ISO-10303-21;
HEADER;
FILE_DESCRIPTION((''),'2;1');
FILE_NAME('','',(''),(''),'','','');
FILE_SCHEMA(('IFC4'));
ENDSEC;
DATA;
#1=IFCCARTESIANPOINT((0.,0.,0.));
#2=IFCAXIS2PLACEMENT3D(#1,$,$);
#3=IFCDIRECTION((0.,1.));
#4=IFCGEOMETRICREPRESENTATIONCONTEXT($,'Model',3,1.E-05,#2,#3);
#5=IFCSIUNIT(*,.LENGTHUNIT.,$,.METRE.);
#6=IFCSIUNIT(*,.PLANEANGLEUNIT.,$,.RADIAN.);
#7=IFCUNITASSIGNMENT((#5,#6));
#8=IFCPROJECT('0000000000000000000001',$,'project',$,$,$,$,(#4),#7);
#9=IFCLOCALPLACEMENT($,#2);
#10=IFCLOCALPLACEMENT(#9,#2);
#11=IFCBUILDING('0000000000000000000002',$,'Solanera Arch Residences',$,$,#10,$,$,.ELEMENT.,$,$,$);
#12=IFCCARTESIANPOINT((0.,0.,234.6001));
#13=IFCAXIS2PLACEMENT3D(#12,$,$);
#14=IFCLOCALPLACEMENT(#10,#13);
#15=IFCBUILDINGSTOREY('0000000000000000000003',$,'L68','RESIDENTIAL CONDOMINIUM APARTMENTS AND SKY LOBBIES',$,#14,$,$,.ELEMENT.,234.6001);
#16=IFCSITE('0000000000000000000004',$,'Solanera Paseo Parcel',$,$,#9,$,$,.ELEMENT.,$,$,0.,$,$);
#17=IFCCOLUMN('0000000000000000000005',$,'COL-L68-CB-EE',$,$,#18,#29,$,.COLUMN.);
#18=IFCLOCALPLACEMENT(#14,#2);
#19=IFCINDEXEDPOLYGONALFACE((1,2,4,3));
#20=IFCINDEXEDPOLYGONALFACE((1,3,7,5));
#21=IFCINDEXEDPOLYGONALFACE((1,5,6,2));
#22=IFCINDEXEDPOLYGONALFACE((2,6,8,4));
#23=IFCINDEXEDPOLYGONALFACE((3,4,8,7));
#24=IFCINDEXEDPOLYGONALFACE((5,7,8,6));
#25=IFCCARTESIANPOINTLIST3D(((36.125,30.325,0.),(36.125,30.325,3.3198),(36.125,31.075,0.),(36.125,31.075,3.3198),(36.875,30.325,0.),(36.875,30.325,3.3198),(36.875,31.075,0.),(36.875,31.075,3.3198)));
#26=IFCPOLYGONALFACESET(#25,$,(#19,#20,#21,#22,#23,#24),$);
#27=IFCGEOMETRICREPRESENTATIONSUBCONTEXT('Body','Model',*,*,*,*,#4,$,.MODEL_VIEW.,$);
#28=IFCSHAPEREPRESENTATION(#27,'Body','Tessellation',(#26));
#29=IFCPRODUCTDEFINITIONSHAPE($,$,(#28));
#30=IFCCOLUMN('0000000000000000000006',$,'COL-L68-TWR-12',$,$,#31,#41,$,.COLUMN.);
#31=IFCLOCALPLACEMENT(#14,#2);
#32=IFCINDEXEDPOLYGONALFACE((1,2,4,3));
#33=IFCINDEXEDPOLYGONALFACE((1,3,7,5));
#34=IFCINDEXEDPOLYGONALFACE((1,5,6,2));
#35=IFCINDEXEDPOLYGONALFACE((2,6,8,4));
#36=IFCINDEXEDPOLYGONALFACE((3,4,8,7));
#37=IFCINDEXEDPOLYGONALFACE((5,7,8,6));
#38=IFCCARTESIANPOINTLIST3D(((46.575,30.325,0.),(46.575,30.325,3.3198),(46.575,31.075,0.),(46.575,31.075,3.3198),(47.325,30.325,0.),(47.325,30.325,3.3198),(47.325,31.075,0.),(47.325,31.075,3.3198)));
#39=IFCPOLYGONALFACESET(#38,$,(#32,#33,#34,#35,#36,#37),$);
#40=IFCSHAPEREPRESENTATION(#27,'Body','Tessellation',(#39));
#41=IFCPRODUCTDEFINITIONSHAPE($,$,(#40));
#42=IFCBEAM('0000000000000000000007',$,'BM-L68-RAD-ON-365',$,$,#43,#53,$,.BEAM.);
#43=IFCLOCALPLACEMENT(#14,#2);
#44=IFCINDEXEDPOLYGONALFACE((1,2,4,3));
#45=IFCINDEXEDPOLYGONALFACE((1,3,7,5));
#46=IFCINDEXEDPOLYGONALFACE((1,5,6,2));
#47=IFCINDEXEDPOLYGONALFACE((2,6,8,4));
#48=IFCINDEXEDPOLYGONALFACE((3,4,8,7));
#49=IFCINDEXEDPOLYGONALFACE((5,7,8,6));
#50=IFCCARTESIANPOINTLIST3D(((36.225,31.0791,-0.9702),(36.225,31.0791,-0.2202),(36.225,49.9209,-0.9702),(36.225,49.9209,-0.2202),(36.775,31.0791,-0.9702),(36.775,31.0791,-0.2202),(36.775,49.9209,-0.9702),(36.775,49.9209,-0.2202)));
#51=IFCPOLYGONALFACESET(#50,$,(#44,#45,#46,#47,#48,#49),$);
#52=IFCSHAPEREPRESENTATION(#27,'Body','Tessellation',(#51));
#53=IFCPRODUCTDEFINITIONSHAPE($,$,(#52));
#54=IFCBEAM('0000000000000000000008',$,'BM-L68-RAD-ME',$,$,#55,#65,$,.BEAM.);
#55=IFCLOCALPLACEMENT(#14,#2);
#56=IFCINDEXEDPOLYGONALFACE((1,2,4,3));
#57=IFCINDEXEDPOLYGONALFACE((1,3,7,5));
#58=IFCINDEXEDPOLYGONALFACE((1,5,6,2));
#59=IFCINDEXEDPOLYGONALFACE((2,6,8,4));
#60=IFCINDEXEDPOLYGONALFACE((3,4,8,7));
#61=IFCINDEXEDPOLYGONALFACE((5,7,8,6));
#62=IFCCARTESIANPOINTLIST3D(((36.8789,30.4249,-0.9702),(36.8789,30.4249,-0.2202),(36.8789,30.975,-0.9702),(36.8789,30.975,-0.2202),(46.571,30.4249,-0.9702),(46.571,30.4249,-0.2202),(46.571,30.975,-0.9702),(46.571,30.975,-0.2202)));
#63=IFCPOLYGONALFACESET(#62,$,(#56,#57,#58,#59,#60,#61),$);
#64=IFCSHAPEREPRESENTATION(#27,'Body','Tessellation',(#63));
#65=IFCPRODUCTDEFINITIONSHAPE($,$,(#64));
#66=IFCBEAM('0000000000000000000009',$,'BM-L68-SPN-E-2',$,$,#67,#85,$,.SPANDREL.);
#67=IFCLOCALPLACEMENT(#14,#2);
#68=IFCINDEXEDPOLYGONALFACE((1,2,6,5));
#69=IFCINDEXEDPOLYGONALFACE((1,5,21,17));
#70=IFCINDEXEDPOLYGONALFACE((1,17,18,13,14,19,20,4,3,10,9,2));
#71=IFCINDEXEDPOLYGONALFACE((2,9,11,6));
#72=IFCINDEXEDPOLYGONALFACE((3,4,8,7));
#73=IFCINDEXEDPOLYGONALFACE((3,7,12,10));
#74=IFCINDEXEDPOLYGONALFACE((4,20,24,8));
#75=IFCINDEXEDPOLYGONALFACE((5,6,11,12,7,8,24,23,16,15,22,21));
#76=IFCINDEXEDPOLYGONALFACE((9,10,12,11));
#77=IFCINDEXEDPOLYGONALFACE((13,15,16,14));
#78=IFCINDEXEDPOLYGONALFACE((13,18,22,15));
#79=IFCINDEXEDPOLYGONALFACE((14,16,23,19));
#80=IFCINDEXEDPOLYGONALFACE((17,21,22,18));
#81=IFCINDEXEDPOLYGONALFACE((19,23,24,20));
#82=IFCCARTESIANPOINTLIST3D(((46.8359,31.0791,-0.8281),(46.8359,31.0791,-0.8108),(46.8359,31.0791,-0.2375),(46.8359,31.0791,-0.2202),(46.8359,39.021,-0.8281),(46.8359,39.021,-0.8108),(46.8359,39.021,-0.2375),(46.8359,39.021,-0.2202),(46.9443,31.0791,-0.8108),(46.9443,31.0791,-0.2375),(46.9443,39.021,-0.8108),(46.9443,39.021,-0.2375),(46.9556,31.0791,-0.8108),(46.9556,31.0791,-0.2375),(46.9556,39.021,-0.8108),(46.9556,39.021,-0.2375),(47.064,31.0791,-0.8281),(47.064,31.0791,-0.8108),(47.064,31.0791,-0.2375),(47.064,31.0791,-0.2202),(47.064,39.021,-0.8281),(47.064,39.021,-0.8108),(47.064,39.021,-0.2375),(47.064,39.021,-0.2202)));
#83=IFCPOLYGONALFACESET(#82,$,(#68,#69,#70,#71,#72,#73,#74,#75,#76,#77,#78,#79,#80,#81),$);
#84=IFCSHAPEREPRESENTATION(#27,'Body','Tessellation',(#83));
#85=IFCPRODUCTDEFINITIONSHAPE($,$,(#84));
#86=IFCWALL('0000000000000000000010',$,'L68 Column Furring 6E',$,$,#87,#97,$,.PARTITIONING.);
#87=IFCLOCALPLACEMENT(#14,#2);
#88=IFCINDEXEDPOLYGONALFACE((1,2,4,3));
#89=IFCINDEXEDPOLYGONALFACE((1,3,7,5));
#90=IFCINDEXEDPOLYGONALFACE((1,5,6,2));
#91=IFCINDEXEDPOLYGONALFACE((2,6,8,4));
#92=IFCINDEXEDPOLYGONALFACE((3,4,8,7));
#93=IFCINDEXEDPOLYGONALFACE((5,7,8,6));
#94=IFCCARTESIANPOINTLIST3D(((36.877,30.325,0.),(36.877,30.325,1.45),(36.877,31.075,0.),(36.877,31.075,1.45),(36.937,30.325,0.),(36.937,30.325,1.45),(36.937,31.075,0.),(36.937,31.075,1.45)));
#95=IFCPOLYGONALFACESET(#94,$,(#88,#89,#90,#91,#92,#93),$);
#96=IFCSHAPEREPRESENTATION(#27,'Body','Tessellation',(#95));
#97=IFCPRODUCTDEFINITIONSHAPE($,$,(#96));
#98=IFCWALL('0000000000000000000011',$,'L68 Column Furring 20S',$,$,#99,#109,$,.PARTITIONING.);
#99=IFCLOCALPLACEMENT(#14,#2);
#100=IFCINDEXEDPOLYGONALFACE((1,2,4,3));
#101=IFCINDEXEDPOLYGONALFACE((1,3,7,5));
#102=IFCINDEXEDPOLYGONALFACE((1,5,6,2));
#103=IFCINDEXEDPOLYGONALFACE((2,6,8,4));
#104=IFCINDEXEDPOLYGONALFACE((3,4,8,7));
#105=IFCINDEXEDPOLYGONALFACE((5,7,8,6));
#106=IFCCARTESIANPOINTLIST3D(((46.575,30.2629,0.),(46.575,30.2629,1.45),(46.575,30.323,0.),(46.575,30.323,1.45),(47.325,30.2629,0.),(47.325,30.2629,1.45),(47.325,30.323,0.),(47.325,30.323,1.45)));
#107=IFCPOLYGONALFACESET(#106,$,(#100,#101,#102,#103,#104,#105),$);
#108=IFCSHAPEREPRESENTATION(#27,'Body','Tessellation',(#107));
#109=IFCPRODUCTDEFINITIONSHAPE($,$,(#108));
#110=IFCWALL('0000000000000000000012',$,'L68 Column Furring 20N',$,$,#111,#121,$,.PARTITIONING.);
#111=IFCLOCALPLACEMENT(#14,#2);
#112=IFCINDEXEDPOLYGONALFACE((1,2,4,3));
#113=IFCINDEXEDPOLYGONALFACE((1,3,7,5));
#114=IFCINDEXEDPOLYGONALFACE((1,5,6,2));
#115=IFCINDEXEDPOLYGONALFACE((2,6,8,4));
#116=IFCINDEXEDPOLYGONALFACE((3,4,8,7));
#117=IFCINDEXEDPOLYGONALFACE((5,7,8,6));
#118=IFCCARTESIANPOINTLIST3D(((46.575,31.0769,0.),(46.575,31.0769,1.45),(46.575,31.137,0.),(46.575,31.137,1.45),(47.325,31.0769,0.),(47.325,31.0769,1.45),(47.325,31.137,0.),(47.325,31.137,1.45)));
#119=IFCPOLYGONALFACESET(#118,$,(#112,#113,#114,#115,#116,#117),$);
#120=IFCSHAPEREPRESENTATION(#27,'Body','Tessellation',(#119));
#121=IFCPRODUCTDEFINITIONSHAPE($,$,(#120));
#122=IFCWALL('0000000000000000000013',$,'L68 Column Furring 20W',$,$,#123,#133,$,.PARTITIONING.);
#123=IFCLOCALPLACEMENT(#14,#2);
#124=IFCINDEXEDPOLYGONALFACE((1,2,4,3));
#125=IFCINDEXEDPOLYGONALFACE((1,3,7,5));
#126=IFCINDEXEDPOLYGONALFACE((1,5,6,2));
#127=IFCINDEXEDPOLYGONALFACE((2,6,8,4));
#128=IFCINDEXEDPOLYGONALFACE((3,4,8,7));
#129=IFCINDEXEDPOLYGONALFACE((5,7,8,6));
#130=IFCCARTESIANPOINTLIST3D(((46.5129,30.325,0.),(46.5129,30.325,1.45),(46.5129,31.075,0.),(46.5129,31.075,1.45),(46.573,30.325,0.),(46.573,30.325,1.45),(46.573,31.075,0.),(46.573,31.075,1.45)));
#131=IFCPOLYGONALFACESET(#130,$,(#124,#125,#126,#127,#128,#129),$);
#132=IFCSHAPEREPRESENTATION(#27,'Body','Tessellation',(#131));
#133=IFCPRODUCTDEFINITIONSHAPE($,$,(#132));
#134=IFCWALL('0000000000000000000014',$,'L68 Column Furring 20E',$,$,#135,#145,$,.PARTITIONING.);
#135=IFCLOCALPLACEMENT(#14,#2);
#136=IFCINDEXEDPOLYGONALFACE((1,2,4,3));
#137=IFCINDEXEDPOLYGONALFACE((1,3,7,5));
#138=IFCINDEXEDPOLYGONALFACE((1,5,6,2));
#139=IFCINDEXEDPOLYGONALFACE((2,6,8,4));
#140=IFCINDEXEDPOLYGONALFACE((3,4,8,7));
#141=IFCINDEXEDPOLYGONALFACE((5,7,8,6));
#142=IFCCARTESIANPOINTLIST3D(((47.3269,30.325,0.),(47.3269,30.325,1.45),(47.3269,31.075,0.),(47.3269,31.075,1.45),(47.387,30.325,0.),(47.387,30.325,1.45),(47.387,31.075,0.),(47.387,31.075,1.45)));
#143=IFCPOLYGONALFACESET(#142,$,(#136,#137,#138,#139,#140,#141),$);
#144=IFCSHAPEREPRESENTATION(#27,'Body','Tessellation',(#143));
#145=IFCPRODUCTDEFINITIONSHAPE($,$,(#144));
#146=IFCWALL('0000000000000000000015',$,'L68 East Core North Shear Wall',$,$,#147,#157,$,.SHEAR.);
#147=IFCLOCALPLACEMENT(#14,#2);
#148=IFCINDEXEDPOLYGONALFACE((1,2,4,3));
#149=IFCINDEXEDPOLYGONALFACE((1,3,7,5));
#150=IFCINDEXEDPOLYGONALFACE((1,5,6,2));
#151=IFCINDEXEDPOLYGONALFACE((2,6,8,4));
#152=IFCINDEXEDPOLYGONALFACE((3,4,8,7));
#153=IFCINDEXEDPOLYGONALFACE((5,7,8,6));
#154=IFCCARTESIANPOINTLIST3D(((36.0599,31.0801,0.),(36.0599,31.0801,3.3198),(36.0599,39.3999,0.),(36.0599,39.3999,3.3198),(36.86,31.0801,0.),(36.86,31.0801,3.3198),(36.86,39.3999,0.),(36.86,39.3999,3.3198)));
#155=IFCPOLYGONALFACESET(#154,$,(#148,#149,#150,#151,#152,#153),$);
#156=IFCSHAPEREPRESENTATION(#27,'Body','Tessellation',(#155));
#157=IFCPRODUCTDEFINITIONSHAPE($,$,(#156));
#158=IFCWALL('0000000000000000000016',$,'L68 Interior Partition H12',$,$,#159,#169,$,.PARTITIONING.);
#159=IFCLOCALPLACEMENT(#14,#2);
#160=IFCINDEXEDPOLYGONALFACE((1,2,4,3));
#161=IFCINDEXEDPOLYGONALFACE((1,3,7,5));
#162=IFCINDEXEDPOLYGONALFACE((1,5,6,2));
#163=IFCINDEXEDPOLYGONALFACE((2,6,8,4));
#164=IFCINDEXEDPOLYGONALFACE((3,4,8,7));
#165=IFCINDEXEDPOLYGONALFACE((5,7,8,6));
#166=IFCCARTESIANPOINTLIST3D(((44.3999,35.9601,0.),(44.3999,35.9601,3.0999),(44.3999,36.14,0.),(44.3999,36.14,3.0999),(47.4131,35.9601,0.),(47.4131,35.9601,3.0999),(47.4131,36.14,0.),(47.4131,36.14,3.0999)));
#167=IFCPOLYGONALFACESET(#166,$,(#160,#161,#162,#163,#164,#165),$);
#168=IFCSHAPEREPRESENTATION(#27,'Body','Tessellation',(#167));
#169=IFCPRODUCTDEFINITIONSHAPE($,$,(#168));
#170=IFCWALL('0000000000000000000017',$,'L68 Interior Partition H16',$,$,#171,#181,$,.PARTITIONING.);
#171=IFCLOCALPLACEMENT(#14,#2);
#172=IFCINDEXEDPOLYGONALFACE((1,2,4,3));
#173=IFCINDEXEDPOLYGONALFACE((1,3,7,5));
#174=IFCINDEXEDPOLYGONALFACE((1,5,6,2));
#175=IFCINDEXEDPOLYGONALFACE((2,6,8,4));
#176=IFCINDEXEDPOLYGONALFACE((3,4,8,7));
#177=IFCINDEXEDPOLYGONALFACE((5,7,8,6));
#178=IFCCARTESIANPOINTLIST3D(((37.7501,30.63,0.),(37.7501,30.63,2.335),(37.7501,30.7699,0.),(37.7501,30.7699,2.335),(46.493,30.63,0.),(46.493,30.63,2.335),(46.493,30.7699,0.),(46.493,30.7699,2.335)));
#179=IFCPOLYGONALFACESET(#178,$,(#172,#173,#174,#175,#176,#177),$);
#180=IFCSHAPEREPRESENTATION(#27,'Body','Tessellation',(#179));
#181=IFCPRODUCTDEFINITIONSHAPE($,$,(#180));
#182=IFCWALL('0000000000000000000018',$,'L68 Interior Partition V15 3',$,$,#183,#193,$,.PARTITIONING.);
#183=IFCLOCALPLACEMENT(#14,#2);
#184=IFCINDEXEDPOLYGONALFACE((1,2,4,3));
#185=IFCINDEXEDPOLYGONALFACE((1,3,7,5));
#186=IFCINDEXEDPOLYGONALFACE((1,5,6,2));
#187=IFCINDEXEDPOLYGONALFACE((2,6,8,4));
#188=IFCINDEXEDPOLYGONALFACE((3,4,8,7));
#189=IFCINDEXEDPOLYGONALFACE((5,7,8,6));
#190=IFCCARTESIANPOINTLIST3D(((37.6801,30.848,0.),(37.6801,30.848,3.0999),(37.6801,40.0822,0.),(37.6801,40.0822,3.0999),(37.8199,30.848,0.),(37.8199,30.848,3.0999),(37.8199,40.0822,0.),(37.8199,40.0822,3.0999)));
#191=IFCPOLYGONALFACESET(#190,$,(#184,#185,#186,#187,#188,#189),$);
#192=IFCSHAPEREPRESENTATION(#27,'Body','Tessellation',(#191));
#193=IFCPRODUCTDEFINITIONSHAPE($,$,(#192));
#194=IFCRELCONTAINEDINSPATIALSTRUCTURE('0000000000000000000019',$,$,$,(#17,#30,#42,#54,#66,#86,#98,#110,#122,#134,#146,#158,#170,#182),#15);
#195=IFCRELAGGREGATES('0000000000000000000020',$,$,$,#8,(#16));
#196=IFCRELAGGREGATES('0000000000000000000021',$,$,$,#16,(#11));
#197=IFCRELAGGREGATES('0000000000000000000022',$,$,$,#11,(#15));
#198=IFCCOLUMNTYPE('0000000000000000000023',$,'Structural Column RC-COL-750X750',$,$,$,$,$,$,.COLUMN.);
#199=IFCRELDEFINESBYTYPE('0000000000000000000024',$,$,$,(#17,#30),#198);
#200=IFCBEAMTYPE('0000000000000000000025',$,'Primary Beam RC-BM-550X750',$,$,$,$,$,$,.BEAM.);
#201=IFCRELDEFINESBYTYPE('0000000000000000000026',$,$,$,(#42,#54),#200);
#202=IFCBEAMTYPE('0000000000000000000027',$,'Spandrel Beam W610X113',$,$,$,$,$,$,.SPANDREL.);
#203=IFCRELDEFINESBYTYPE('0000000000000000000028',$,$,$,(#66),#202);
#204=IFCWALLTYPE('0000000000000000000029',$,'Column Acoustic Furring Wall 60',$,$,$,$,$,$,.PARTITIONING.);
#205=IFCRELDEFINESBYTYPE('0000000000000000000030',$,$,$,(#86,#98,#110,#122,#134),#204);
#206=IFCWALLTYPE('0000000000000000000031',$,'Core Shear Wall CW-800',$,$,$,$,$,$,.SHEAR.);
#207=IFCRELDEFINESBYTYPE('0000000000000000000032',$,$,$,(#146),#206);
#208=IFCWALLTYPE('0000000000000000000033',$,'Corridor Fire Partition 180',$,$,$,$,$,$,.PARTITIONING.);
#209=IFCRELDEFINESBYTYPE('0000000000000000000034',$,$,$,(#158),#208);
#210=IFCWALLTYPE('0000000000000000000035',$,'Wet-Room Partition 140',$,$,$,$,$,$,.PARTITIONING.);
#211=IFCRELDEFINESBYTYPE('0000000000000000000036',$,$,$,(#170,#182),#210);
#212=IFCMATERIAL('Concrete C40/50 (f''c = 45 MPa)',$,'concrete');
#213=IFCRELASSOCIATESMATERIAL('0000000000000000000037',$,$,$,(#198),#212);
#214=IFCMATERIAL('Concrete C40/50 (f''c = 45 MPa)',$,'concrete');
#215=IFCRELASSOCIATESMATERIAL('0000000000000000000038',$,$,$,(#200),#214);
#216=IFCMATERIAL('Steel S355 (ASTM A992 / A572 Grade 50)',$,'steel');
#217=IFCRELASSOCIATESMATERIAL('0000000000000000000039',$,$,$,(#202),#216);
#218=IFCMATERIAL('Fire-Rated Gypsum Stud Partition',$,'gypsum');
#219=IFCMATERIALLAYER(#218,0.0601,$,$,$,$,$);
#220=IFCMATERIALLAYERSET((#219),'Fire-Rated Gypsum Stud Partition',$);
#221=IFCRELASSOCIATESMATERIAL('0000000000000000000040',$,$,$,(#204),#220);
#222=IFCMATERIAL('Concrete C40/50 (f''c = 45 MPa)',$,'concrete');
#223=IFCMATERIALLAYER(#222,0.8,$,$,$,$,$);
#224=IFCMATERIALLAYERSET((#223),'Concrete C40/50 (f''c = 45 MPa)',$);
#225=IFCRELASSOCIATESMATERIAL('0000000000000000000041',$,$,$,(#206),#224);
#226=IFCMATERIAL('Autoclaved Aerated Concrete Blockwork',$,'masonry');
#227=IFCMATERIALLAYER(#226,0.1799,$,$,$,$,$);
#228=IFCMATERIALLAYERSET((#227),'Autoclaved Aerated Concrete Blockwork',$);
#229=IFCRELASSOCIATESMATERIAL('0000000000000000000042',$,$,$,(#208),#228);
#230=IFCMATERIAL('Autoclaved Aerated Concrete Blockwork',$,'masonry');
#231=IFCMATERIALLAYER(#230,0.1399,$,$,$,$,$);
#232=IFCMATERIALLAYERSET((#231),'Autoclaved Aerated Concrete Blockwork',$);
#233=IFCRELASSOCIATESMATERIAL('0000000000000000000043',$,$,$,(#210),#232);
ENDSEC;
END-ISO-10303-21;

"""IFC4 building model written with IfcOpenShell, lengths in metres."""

from ifc_helpers import new_model, si_unit, direction, frame, frame_2d, origin, origin_2d, place, context, subcontext, project, spatial, rectangle, i_section, extrude, material, layer, layer_set, material_profile, profile_set, type_object, element, save


model = new_model("IFC4")

# Units and contexts
model_context = context("Model", 3, precision=1e-05, world=origin(), true_north=direction((0.0, 1.0)))
body_context = subcontext(model_context, "Body", "Model", "MODEL_VIEW")
ifc_project = project(units=[si_unit("LENGTHUNIT", "METRE"), si_unit("PLANEANGLEUNIT", "RADIAN")], contexts=[model_context])

# Site, building, storey
site_placement = place(None, origin())
site = spatial("IfcSite", under=ifc_project, at=site_placement, Name="Solanera Paseo Parcel", CompositionType="ELEMENT", RefElevation=0.0)
building_placement = place(site_placement, origin())
building = spatial("IfcBuilding", under=site, at=building_placement, Name="Solanera Arch Residences", CompositionType="ELEMENT")
storey_placement = place(building_placement, frame((0.0, 0.0, 234.6001)))
storey = spatial("IfcBuildingStorey", under=building, at=storey_placement, Name="L68", Description="RESIDENTIAL CONDOMINIUM APARTMENTS AND SKY LOBBIES", CompositionType="ELEMENT", Elevation=234.6001)

# Columns
ifc_material_1 = material(Name="Concrete C40/50 (f'c = 45 MPa)", Category="concrete")
ifc_material_profile_1 = material_profile(ifc_material_1, rectangle(XDim=0.75, YDim=0.75, at=origin_2d()))
ifc_profile_set_1 = profile_set([ifc_material_profile_1], Name="Concrete C40/50 (f'c = 45 MPa)")
column_type = type_object("IfcColumnType", Name="Structural Column RC-COL-750X750", PredefinedType="COLUMN", material=ifc_profile_set_1)
for number, where, z_axis, x_axis, name in (
    (1, (36.5, 30.7, 0.0), (0.0, 0.0, 1.0), (1.0, 0.0, 0.0), "COL-L68-CB-EE"),
    (2, (46.95, 30.7, 0.0), (0.0, 0.0, 1.0), (1.0, 0.0, 0.0), "COL-L68-TWR-12"),
):
    element("IfcColumn", number, at=place(storey_placement, frame(where, z_axis=z_axis, x_axis=x_axis)), inside=storey, type_object=column_type, Name=name, PredefinedType="COLUMN", context=body_context, shape_type="SweptSolid", body=[
        extrude(rectangle(XDim=0.75, YDim=0.75, at=origin_2d()), origin(), (0.0, 0.0, 1.0), 3.3198),
    ])

# Beams
ifc_material_2 = material(Name="Concrete C40/50 (f'c = 45 MPa)", Category="concrete")
ifc_material_profile_2 = material_profile(ifc_material_2, rectangle(XDim=0.55, YDim=0.75, at=origin_2d()))
ifc_profile_set_2 = profile_set([ifc_material_profile_2], Name="Concrete C40/50 (f'c = 45 MPa)")
beam_type_1 = type_object("IfcBeamType", Name="Primary Beam RC-BM-550X750", PredefinedType="BEAM", material=ifc_profile_set_2)
beam_1_placement = place(storey_placement, frame((36.5, 31.0791, -0.5952), z_axis=(0.0, 1.0, 0.0), x_axis=(-1.0, 0.0, 0.0)))
element("IfcBeam", 3, at=beam_1_placement, inside=storey, type_object=beam_type_1, Name="BM-L68-RAD-ON-365", PredefinedType="BEAM", context=body_context, shape_type="SweptSolid", body=[
    extrude(rectangle(XDim=0.55, YDim=0.75, at=origin_2d()), origin(), (0.0, 0.0, 1.0), 18.8418),
])
beam_2_placement = place(storey_placement, frame((36.8789, 30.7, -0.5952), z_axis=(1.0, 0.0, 0.0), x_axis=(0.0, 1.0, 0.0)))
element("IfcBeam", 4, at=beam_2_placement, inside=storey, type_object=beam_type_1, Name="BM-L68-RAD-ME", PredefinedType="BEAM", context=body_context, shape_type="SweptSolid", body=[
    extrude(rectangle(XDim=0.55, YDim=0.75, at=origin_2d()), origin(), (0.0, 0.0, 1.0), 9.6921),
])
ifc_material_3 = material(Name="Steel S355 (ASTM A992 / A572 Grade 50)", Category="steel")
ifc_material_profile_3 = material_profile(ifc_material_3, i_section(OverallWidth=0.228, OverallDepth=0.6079, WebThickness=0.0112, FlangeThickness=0.0173, at=origin_2d()))
ifc_profile_set_3 = profile_set([ifc_material_profile_3], Name="Steel S355 (ASTM A992 / A572 Grade 50)")
beam_type_2 = type_object("IfcBeamType", Name="Spandrel Beam W610X113", PredefinedType="SPANDREL", material=ifc_profile_set_3)
beam_3_placement = place(storey_placement, frame((46.95, 31.0791, -0.5242), z_axis=(0.0, 1.0, 0.0), x_axis=(-1.0, 0.0, 0.0)))
element("IfcBeam", 5, at=beam_3_placement, inside=storey, type_object=beam_type_2, Name="BM-L68-SPN-E-2", PredefinedType="SPANDREL", context=body_context, shape_type="SweptSolid", body=[
    extrude(i_section(OverallWidth=0.228, OverallDepth=0.6079, WebThickness=0.0112, FlangeThickness=0.0173, at=origin_2d()), origin(), (0.0, 0.0, 1.0), 7.9419),
])

# Walls
ifc_material_4 = material(Name="Fire-Rated Gypsum Stud Partition", Category="gypsum")
ifc_layer_1 = layer(ifc_material_4, 0.0601)
ifc_layer_set_1 = layer_set([ifc_layer_1], Name="Fire-Rated Gypsum Stud Partition")
wall_type_1 = type_object("IfcWallType", Name="Column Acoustic Furring Wall 60", PredefinedType="PARTITIONING", material=ifc_layer_set_1)
for number, where, z_axis, x_axis, name in (
    (6, (36.907, 30.325, 0.0), (0.0, 0.0, 1.0), (0.0, 1.0, 0.0), "L68 Column Furring 6E"),
    (7, (46.575, 30.293, 0.0), (0.0, 0.0, 1.0), (1.0, 0.0, 0.0), "L68 Column Furring 20S"),
    (8, (46.575, 31.1069, 0.0), (0.0, 0.0, 1.0), (1.0, 0.0, 0.0), "L68 Column Furring 20N"),
    (9, (46.543, 30.325, 0.0), (0.0, 0.0, 1.0), (0.0, 1.0, 0.0), "L68 Column Furring 20W"),
    (10, (47.3569, 30.325, 0.0), (0.0, 0.0, 1.0), (0.0, 1.0, 0.0), "L68 Column Furring 20E"),
):
    element("IfcWall", number, at=place(storey_placement, frame(where, z_axis=z_axis, x_axis=x_axis)), inside=storey, type_object=wall_type_1, Name=name, PredefinedType="PARTITIONING", context=body_context, shape_type="SweptSolid", body=[
        extrude(rectangle(XDim=0.75, YDim=0.0601, at=frame_2d((0.375, 0.0))), origin(), (0.0, 0.0, 1.0), 1.45),
    ])
ifc_material_5 = material(Name="Concrete C40/50 (f'c = 45 MPa)", Category="concrete")
ifc_layer_2 = layer(ifc_material_5, 0.8)
ifc_layer_set_2 = layer_set([ifc_layer_2], Name="Concrete C40/50 (f'c = 45 MPa)")
wall_type_2 = type_object("IfcWallType", Name="Core Shear Wall CW-800", PredefinedType="SHEAR", material=ifc_layer_set_2)
wall_1_placement = place(storey_placement, frame((36.46, 31.0801, 0.0), z_axis=(0.0, 0.0, 1.0), x_axis=(0.0, 1.0, 0.0)))
element("IfcWall", 11, at=wall_1_placement, inside=storey, type_object=wall_type_2, Name="L68 East Core North Shear Wall", PredefinedType="SHEAR", context=body_context, shape_type="SweptSolid", body=[
    extrude(rectangle(XDim=8.3198, YDim=0.8, at=frame_2d((4.1599, 0.0))), origin(), (0.0, 0.0, 1.0), 3.3198),
])
ifc_material_6 = material(Name="Autoclaved Aerated Concrete Blockwork", Category="masonry")
ifc_layer_3 = layer(ifc_material_6, 0.1799)
ifc_layer_set_3 = layer_set([ifc_layer_3], Name="Autoclaved Aerated Concrete Blockwork")
wall_type_3 = type_object("IfcWallType", Name="Corridor Fire Partition 180", PredefinedType="PARTITIONING", material=ifc_layer_set_3)
wall_2_placement = place(storey_placement, frame((44.3999, 36.05, 0.0), z_axis=(0.0, 0.0, 1.0), x_axis=(1.0, 0.0, 0.0)))
element("IfcWall", 12, at=wall_2_placement, inside=storey, type_object=wall_type_3, Name="L68 Interior Partition H12", PredefinedType="PARTITIONING", context=body_context, shape_type="SweptSolid", body=[
    extrude(rectangle(XDim=3.0132, YDim=0.1799, at=frame_2d((1.5066, 0.0))), origin(), (0.0, 0.0, 1.0), 3.0999),
])
ifc_material_7 = material(Name="Autoclaved Aerated Concrete Blockwork", Category="masonry")
ifc_layer_4 = layer(ifc_material_7, 0.1399)
ifc_layer_set_4 = layer_set([ifc_layer_4], Name="Autoclaved Aerated Concrete Blockwork")
wall_type_4 = type_object("IfcWallType", Name="Wet-Room Partition 140", PredefinedType="PARTITIONING", material=ifc_layer_set_4)
wall_3_placement = place(storey_placement, frame((37.75, 30.7, 0.0), z_axis=(0.0, 0.0, 1.0), x_axis=(1.0, 0.0, 0.0)))
element("IfcWall", 13, at=wall_3_placement, inside=storey, type_object=wall_type_4, Name="L68 Interior Partition H16", PredefinedType="PARTITIONING", context=body_context, shape_type="SweptSolid", body=[
    extrude(rectangle(XDim=8.7429, YDim=0.1399, at=frame_2d((4.3716, 0.0))), origin(), (0.0, 0.0, 1.0), 2.335),
])
wall_4_placement = place(storey_placement, frame((37.75, 30.8479, 0.0), z_axis=(0.0, 0.0, 1.0), x_axis=(0.0, 1.0, 0.0)))
element("IfcWall", 14, at=wall_4_placement, inside=storey, type_object=wall_type_4, Name="L68 Interior Partition V15 3", PredefinedType="PARTITIONING", context=body_context, shape_type="SweptSolid", body=[
    extrude(rectangle(XDim=9.2341, YDim=0.1399, at=frame_2d((4.6172, 0.0))), origin(), (0.0, 0.0, 1.0), 3.0999),
])

save(model, "model.ifc")
